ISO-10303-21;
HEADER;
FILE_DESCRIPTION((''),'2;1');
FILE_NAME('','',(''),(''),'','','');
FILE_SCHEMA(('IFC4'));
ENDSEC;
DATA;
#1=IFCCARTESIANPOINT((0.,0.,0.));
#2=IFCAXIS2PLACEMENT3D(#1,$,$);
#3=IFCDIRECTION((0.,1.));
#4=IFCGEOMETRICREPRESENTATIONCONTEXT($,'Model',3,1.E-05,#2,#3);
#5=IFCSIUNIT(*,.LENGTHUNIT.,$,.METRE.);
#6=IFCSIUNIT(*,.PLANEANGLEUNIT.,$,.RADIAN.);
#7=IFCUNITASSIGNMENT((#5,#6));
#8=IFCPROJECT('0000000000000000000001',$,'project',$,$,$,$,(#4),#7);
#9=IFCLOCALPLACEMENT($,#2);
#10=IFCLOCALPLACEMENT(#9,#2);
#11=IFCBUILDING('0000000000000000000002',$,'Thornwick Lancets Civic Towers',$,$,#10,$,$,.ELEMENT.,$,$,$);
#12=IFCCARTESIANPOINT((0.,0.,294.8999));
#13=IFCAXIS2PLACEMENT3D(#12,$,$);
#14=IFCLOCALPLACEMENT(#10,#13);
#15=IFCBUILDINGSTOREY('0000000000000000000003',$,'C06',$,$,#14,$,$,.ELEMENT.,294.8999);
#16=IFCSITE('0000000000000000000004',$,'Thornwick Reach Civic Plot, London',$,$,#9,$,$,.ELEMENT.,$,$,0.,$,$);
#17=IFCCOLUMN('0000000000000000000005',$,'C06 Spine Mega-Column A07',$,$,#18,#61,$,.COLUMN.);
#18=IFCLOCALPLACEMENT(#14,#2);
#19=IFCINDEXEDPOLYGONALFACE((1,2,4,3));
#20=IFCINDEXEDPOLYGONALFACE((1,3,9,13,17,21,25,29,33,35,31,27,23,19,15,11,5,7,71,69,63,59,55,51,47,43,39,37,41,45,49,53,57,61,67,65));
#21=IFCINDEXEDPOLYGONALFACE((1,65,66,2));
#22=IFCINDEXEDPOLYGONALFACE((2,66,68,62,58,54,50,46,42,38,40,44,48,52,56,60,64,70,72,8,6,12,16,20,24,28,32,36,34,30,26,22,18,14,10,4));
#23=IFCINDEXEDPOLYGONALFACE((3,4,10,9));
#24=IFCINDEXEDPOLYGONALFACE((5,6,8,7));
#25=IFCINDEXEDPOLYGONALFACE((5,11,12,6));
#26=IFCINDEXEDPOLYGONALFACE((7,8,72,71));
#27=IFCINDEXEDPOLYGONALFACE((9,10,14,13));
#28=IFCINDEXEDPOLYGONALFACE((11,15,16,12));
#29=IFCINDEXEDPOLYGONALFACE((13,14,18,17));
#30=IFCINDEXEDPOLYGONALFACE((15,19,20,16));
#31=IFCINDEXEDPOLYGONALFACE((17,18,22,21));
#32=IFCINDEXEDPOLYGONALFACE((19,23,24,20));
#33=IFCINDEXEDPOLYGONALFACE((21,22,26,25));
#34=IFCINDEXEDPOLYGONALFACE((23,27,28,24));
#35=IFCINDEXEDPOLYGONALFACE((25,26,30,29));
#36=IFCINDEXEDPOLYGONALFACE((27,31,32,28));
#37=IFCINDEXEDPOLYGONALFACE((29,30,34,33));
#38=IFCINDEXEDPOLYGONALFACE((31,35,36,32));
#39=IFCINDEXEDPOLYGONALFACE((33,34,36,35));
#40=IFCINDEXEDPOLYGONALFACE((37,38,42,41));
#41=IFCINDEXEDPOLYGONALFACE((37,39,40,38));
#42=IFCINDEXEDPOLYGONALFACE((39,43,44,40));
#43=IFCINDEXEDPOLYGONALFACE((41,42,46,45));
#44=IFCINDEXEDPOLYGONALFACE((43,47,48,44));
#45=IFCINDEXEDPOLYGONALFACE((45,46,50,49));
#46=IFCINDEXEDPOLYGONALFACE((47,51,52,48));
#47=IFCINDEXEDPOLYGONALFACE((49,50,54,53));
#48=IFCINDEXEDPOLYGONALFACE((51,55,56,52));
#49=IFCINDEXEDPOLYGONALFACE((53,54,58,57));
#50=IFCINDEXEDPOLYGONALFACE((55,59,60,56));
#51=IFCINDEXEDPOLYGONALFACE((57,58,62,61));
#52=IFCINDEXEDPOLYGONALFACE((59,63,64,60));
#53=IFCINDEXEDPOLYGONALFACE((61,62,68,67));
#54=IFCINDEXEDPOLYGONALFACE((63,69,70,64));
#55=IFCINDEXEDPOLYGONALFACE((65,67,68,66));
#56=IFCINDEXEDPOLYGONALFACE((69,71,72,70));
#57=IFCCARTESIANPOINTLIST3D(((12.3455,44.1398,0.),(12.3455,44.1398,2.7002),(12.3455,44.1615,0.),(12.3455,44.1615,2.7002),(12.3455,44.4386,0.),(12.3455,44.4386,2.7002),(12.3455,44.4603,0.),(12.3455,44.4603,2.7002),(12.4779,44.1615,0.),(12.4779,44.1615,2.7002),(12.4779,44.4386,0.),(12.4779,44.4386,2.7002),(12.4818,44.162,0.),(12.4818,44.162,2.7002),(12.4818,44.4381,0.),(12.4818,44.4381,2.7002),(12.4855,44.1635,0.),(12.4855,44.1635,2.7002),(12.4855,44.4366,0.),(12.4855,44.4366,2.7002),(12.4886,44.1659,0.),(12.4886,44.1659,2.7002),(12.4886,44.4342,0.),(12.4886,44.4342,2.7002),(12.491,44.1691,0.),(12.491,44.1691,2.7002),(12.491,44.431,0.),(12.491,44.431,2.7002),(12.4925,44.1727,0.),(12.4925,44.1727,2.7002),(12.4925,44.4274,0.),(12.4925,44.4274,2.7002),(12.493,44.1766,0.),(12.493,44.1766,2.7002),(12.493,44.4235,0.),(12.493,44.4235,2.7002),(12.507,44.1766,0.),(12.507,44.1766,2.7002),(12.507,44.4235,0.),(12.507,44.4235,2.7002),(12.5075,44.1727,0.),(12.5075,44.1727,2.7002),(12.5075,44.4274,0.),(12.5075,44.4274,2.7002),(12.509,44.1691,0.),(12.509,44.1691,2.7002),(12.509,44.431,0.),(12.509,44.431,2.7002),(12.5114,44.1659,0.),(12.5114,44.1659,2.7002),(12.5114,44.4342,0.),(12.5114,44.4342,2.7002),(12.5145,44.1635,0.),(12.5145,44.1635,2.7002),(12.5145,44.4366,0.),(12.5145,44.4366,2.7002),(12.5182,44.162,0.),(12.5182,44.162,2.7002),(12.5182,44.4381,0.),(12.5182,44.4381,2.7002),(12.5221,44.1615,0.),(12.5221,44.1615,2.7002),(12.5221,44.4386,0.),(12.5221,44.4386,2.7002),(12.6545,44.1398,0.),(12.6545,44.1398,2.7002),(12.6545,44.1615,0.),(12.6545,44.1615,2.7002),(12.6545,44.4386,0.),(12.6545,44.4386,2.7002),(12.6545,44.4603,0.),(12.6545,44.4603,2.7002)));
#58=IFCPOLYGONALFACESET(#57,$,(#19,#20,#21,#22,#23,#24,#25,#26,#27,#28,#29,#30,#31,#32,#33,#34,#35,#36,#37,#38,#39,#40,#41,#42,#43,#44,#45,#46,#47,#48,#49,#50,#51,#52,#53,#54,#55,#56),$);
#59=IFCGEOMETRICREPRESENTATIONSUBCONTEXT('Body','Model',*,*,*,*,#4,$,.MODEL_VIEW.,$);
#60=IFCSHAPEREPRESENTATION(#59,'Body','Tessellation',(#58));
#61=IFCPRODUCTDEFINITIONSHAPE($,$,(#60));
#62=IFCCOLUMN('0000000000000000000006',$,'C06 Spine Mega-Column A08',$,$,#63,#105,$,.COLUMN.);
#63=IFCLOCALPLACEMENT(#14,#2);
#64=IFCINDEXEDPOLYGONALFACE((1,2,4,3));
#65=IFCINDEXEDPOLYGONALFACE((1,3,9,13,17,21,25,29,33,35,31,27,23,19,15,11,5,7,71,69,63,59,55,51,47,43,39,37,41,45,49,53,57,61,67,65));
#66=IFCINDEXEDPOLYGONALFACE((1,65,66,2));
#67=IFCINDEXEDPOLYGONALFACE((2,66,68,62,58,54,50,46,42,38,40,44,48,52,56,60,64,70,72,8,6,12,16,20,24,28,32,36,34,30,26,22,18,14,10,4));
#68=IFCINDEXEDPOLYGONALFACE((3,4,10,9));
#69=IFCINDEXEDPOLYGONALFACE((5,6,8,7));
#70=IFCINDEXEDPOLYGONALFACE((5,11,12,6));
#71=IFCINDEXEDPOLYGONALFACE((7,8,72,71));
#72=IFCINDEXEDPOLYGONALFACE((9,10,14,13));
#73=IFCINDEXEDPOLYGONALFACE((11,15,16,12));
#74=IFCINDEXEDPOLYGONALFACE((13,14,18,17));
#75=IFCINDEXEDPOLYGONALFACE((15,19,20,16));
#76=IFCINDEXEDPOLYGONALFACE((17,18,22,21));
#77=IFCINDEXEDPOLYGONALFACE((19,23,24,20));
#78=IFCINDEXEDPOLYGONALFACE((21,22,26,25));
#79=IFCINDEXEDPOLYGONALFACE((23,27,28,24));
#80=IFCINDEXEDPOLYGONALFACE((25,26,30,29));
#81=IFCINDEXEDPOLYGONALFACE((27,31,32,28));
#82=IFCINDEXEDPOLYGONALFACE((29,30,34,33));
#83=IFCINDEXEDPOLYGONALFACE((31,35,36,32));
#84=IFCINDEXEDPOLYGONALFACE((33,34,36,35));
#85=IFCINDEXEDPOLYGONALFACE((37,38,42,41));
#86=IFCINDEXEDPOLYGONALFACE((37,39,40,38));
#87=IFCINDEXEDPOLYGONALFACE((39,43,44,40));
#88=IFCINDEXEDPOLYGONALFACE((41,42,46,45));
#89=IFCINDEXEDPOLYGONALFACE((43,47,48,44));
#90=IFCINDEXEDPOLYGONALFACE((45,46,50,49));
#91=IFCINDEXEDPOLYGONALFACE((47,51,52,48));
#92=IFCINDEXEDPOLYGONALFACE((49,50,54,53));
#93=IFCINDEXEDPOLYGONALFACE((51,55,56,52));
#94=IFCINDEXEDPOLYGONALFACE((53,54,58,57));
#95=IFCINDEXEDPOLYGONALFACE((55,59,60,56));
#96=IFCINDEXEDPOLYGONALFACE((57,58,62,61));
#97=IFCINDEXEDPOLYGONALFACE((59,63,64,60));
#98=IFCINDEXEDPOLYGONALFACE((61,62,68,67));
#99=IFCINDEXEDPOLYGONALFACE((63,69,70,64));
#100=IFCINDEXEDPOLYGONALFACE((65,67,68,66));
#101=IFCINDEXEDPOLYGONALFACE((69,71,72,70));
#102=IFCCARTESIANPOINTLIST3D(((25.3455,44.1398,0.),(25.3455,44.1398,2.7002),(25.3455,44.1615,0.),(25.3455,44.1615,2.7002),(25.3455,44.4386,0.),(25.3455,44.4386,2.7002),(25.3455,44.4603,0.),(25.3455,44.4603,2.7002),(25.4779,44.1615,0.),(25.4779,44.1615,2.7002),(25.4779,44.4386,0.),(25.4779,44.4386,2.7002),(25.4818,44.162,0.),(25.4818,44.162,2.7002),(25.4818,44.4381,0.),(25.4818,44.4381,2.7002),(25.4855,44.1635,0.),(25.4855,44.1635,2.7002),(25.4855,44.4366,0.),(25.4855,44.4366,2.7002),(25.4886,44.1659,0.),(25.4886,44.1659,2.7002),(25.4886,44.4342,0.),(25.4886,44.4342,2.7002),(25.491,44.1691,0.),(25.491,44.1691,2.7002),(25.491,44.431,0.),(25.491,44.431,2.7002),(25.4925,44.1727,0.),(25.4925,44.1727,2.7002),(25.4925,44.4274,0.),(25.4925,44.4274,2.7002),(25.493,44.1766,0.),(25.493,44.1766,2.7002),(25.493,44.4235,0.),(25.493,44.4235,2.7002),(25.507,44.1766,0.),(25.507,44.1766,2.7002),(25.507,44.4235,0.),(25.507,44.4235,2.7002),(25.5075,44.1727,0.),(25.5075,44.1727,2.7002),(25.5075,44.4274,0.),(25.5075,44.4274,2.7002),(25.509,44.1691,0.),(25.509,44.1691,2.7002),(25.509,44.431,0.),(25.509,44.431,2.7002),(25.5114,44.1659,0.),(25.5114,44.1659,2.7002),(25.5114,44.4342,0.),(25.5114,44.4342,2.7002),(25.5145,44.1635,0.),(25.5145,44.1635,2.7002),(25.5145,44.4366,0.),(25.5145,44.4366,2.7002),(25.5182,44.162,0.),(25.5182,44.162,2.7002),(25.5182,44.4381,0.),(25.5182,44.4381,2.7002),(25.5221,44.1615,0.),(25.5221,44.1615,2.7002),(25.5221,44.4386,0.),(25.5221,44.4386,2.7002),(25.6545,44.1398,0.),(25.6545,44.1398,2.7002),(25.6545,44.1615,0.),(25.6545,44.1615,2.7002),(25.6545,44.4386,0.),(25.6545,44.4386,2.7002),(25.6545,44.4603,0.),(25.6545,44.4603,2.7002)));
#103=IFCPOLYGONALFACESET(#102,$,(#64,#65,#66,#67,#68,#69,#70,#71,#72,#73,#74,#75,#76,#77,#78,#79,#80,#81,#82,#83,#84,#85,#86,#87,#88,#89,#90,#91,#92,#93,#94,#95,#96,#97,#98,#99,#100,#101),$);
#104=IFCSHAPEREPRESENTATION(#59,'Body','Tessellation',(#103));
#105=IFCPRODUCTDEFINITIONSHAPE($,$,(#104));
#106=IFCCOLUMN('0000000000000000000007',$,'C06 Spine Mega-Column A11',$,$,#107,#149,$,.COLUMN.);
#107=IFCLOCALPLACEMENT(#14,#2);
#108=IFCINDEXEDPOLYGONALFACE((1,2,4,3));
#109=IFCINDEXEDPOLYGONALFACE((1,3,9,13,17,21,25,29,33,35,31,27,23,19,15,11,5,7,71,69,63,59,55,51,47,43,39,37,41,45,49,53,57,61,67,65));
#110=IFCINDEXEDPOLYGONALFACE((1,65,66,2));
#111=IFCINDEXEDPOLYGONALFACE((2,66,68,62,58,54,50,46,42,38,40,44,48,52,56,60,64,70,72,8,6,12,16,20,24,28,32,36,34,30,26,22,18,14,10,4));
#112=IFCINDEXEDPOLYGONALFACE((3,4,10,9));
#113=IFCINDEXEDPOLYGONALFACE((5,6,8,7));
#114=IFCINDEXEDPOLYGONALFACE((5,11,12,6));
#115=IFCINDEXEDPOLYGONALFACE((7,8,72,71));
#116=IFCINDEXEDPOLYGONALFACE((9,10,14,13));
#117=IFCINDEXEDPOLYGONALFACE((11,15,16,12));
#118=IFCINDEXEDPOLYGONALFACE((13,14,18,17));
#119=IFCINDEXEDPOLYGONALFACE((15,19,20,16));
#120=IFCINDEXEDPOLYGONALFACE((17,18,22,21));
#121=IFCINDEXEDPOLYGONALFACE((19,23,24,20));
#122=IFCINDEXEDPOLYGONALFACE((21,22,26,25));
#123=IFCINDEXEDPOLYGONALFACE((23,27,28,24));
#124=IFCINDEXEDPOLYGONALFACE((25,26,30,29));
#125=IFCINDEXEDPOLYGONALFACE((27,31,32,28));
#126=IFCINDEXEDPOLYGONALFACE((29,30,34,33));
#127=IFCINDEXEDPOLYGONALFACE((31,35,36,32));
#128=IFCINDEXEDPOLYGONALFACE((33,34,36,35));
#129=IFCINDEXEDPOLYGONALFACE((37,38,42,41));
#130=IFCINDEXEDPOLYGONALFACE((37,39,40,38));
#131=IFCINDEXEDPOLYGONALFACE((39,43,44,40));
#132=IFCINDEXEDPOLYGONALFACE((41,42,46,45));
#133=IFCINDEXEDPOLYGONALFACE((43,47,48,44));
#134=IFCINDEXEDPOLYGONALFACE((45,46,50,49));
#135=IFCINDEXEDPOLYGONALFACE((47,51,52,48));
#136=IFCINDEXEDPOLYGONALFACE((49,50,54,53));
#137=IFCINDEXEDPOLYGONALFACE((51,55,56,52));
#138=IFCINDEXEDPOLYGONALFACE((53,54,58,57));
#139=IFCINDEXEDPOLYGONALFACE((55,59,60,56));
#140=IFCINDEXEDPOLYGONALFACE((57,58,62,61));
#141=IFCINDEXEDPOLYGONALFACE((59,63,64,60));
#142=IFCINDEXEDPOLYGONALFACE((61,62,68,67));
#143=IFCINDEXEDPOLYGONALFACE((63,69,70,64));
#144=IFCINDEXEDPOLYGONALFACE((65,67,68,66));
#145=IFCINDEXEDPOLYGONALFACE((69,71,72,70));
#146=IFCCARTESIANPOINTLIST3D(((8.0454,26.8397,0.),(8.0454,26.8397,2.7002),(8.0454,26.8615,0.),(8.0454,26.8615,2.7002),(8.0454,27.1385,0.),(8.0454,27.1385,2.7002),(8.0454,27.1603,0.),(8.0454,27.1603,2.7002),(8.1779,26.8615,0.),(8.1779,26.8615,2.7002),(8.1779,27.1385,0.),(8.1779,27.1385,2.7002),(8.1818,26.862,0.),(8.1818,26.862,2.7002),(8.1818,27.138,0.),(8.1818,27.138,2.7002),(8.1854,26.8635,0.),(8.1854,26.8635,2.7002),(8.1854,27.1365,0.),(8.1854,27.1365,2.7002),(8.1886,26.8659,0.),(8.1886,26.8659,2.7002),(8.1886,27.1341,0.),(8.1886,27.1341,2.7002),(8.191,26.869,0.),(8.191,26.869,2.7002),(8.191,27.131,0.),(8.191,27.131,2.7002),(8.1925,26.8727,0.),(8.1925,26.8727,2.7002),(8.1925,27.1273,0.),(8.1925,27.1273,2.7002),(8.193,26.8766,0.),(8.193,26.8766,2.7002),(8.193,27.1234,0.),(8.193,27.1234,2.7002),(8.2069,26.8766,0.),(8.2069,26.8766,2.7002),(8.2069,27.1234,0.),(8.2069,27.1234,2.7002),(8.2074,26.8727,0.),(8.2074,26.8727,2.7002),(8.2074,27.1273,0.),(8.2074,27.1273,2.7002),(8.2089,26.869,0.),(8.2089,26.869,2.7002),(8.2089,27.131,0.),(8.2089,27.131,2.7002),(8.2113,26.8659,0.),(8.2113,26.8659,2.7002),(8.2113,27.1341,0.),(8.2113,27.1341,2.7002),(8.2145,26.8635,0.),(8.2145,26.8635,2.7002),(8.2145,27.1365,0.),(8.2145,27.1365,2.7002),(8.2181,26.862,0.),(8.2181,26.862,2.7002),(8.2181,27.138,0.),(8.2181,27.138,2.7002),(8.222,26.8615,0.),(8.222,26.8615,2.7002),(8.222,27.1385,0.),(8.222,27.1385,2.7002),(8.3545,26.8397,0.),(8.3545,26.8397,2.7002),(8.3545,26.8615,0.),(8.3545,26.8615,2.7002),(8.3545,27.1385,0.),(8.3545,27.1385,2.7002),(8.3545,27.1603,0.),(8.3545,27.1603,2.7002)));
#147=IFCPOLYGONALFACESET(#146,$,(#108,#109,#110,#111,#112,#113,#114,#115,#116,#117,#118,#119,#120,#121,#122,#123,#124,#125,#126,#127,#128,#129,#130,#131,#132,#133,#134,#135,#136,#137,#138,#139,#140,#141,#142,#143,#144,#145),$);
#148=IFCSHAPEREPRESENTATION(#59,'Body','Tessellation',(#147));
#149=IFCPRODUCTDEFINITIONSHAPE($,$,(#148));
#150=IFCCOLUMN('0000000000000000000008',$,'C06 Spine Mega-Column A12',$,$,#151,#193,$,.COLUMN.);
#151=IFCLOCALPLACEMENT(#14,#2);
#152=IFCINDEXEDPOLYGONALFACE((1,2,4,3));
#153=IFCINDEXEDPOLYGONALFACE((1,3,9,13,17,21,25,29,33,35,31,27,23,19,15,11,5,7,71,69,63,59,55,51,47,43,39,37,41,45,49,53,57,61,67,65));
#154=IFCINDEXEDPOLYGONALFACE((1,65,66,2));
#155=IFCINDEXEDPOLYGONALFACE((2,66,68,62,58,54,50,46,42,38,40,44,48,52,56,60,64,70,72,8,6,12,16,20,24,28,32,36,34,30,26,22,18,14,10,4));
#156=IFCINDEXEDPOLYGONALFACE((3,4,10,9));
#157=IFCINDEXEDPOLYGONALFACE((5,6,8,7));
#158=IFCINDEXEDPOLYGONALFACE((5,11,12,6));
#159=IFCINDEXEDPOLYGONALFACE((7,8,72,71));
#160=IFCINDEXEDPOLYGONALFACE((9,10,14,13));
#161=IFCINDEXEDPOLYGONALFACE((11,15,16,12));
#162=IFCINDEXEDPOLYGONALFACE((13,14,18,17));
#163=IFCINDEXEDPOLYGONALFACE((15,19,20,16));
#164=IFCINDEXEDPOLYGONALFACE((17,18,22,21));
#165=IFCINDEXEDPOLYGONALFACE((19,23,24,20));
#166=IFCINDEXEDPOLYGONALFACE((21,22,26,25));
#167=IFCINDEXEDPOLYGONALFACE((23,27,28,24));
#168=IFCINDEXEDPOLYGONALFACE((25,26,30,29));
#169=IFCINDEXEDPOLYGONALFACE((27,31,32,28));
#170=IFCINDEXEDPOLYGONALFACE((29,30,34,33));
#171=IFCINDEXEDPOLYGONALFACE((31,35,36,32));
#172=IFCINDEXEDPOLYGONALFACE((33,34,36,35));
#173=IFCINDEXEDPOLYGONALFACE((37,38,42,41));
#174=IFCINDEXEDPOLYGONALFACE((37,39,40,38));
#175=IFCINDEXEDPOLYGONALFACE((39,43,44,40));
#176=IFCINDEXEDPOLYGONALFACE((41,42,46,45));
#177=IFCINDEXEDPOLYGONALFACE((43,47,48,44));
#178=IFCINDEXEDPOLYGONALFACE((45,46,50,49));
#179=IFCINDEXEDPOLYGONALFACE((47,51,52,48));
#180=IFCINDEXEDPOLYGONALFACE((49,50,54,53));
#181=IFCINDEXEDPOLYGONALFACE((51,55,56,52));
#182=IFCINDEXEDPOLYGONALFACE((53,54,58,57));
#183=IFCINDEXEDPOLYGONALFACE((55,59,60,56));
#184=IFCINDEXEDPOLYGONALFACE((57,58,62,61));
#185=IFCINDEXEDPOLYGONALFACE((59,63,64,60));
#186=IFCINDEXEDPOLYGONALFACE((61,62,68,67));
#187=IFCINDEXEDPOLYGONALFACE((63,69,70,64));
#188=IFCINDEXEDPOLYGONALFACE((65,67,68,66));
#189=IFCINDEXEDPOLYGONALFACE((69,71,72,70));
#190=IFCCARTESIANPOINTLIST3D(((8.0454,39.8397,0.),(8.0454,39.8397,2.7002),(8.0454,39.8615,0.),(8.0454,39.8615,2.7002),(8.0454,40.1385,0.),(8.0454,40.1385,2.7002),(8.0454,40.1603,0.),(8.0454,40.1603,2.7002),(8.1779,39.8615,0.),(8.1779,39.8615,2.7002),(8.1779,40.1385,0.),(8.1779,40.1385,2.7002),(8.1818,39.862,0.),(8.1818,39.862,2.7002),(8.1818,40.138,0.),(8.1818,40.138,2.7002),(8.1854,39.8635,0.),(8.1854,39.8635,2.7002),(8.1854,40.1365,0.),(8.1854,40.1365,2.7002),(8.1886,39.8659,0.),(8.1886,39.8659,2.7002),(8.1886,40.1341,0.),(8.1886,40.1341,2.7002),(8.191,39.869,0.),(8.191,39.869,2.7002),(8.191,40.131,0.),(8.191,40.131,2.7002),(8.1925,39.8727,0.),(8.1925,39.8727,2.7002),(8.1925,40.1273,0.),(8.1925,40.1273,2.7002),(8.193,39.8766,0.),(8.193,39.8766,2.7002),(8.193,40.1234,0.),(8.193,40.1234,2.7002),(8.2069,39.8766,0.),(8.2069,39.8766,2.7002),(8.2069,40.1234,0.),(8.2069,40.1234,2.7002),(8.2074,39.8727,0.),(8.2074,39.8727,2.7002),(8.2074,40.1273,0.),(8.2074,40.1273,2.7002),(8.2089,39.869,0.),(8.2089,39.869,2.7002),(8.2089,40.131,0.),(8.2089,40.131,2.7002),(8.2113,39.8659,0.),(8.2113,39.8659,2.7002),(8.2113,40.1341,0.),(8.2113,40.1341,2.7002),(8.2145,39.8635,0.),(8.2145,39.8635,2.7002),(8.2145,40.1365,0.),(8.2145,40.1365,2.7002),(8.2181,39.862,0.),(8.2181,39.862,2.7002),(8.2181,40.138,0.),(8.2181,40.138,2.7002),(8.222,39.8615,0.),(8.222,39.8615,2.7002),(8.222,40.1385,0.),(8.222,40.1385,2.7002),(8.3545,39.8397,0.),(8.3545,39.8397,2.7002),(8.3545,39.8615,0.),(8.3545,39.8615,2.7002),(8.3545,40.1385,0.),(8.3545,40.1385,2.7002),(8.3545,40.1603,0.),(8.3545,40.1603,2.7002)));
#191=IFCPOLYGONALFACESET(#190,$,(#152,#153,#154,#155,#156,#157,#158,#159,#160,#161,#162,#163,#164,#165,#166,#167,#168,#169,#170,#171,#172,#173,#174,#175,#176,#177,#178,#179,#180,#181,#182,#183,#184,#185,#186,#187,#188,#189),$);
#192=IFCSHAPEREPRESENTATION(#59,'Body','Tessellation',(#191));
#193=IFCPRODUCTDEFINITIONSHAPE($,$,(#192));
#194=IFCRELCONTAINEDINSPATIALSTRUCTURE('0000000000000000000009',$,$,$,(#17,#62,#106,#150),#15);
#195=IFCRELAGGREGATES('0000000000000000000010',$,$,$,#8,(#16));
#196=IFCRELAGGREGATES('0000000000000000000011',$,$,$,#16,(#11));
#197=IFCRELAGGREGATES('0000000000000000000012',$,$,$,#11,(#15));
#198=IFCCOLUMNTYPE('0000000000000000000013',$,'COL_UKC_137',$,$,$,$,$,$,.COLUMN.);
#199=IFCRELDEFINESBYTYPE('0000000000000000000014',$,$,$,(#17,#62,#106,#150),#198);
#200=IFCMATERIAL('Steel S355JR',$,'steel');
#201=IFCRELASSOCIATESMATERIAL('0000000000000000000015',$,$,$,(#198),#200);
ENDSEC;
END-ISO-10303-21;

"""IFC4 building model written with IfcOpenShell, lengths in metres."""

from ifc_helpers import new_model, si_unit, direction, frame, origin, origin_2d, place, context, subcontext, project, spatial, i_section, extrude, material, material_profile, profile_set, type_object, element, save


model = new_model("IFC4")

# Units and contexts
model_context = context("Model", 3, precision=1e-05, world=origin(), true_north=direction((0.0, 1.0)))
body_context = subcontext(model_context, "Body", "Model", "MODEL_VIEW")
ifc_project = project(units=[si_unit("LENGTHUNIT", "METRE"), si_unit("PLANEANGLEUNIT", "RADIAN")], contexts=[model_context])

# Site, building, storey
site_placement = place(None, origin())
site = spatial("IfcSite", under=ifc_project, at=site_placement, Name="Thornwick Reach Civic Plot, London", CompositionType="ELEMENT", RefElevation=0.0)
building_placement = place(site_placement, origin())
building = spatial("IfcBuilding", under=site, at=building_placement, Name="Thornwick Lancets Civic Towers", CompositionType="ELEMENT")
storey_placement = place(building_placement, frame((0.0, 0.0, 294.8999)))
storey = spatial("IfcBuildingStorey", under=building, at=storey_placement, Name="C06", CompositionType="ELEMENT", Elevation=294.8999)

# Columns
ifc_material_1 = material(Name="Steel S355JR", Category="steel")
ifc_material_profile_1 = material_profile(ifc_material_1, i_section(OverallWidth=0.3091, OverallDepth=0.3206, WebThickness=0.0139, FlangeThickness=0.0217, FilletRadius=0.0151, at=origin_2d()), Name="UKC 305x305x137")
ifc_profile_set_1 = profile_set([ifc_material_profile_1], Name="Steel S355JR")
column_type = type_object("IfcColumnType", Name="COL_UKC_137", PredefinedType="COLUMN", material=ifc_profile_set_1)
for number, where, z_axis, x_axis, name in (
    (1, (12.5, 44.3, 0.0), (0.0, 0.0, 1.0), (1.0, 0.0, 0.0), "C06 Spine Mega-Column A07"),
    (2, (25.5, 44.3, 0.0), (0.0, 0.0, 1.0), (1.0, 0.0, 0.0), "C06 Spine Mega-Column A08"),
    (3, (8.2, 27.0, 0.0), (0.0, 0.0, 1.0), (1.0, 0.0, 0.0), "C06 Spine Mega-Column A11"),
    (4, (8.2, 40.0, 0.0), (0.0, 0.0, 1.0), (1.0, 0.0, 0.0), "C06 Spine Mega-Column A12"),
):
    element("IfcColumn", number, at=place(storey_placement, frame(where, z_axis=z_axis, x_axis=x_axis)), inside=storey, type_object=column_type, Name=name, PredefinedType="COLUMN", context=body_context, shape_type="SweptSolid", body=[
        extrude(i_section(OverallWidth=0.3091, OverallDepth=0.3206, WebThickness=0.0139, FlangeThickness=0.0217, FilletRadius=0.0151, at=origin_2d()), origin(), (0.0, 0.0, 1.0), 2.7002),
    ])

save(model, "model.ifc")
